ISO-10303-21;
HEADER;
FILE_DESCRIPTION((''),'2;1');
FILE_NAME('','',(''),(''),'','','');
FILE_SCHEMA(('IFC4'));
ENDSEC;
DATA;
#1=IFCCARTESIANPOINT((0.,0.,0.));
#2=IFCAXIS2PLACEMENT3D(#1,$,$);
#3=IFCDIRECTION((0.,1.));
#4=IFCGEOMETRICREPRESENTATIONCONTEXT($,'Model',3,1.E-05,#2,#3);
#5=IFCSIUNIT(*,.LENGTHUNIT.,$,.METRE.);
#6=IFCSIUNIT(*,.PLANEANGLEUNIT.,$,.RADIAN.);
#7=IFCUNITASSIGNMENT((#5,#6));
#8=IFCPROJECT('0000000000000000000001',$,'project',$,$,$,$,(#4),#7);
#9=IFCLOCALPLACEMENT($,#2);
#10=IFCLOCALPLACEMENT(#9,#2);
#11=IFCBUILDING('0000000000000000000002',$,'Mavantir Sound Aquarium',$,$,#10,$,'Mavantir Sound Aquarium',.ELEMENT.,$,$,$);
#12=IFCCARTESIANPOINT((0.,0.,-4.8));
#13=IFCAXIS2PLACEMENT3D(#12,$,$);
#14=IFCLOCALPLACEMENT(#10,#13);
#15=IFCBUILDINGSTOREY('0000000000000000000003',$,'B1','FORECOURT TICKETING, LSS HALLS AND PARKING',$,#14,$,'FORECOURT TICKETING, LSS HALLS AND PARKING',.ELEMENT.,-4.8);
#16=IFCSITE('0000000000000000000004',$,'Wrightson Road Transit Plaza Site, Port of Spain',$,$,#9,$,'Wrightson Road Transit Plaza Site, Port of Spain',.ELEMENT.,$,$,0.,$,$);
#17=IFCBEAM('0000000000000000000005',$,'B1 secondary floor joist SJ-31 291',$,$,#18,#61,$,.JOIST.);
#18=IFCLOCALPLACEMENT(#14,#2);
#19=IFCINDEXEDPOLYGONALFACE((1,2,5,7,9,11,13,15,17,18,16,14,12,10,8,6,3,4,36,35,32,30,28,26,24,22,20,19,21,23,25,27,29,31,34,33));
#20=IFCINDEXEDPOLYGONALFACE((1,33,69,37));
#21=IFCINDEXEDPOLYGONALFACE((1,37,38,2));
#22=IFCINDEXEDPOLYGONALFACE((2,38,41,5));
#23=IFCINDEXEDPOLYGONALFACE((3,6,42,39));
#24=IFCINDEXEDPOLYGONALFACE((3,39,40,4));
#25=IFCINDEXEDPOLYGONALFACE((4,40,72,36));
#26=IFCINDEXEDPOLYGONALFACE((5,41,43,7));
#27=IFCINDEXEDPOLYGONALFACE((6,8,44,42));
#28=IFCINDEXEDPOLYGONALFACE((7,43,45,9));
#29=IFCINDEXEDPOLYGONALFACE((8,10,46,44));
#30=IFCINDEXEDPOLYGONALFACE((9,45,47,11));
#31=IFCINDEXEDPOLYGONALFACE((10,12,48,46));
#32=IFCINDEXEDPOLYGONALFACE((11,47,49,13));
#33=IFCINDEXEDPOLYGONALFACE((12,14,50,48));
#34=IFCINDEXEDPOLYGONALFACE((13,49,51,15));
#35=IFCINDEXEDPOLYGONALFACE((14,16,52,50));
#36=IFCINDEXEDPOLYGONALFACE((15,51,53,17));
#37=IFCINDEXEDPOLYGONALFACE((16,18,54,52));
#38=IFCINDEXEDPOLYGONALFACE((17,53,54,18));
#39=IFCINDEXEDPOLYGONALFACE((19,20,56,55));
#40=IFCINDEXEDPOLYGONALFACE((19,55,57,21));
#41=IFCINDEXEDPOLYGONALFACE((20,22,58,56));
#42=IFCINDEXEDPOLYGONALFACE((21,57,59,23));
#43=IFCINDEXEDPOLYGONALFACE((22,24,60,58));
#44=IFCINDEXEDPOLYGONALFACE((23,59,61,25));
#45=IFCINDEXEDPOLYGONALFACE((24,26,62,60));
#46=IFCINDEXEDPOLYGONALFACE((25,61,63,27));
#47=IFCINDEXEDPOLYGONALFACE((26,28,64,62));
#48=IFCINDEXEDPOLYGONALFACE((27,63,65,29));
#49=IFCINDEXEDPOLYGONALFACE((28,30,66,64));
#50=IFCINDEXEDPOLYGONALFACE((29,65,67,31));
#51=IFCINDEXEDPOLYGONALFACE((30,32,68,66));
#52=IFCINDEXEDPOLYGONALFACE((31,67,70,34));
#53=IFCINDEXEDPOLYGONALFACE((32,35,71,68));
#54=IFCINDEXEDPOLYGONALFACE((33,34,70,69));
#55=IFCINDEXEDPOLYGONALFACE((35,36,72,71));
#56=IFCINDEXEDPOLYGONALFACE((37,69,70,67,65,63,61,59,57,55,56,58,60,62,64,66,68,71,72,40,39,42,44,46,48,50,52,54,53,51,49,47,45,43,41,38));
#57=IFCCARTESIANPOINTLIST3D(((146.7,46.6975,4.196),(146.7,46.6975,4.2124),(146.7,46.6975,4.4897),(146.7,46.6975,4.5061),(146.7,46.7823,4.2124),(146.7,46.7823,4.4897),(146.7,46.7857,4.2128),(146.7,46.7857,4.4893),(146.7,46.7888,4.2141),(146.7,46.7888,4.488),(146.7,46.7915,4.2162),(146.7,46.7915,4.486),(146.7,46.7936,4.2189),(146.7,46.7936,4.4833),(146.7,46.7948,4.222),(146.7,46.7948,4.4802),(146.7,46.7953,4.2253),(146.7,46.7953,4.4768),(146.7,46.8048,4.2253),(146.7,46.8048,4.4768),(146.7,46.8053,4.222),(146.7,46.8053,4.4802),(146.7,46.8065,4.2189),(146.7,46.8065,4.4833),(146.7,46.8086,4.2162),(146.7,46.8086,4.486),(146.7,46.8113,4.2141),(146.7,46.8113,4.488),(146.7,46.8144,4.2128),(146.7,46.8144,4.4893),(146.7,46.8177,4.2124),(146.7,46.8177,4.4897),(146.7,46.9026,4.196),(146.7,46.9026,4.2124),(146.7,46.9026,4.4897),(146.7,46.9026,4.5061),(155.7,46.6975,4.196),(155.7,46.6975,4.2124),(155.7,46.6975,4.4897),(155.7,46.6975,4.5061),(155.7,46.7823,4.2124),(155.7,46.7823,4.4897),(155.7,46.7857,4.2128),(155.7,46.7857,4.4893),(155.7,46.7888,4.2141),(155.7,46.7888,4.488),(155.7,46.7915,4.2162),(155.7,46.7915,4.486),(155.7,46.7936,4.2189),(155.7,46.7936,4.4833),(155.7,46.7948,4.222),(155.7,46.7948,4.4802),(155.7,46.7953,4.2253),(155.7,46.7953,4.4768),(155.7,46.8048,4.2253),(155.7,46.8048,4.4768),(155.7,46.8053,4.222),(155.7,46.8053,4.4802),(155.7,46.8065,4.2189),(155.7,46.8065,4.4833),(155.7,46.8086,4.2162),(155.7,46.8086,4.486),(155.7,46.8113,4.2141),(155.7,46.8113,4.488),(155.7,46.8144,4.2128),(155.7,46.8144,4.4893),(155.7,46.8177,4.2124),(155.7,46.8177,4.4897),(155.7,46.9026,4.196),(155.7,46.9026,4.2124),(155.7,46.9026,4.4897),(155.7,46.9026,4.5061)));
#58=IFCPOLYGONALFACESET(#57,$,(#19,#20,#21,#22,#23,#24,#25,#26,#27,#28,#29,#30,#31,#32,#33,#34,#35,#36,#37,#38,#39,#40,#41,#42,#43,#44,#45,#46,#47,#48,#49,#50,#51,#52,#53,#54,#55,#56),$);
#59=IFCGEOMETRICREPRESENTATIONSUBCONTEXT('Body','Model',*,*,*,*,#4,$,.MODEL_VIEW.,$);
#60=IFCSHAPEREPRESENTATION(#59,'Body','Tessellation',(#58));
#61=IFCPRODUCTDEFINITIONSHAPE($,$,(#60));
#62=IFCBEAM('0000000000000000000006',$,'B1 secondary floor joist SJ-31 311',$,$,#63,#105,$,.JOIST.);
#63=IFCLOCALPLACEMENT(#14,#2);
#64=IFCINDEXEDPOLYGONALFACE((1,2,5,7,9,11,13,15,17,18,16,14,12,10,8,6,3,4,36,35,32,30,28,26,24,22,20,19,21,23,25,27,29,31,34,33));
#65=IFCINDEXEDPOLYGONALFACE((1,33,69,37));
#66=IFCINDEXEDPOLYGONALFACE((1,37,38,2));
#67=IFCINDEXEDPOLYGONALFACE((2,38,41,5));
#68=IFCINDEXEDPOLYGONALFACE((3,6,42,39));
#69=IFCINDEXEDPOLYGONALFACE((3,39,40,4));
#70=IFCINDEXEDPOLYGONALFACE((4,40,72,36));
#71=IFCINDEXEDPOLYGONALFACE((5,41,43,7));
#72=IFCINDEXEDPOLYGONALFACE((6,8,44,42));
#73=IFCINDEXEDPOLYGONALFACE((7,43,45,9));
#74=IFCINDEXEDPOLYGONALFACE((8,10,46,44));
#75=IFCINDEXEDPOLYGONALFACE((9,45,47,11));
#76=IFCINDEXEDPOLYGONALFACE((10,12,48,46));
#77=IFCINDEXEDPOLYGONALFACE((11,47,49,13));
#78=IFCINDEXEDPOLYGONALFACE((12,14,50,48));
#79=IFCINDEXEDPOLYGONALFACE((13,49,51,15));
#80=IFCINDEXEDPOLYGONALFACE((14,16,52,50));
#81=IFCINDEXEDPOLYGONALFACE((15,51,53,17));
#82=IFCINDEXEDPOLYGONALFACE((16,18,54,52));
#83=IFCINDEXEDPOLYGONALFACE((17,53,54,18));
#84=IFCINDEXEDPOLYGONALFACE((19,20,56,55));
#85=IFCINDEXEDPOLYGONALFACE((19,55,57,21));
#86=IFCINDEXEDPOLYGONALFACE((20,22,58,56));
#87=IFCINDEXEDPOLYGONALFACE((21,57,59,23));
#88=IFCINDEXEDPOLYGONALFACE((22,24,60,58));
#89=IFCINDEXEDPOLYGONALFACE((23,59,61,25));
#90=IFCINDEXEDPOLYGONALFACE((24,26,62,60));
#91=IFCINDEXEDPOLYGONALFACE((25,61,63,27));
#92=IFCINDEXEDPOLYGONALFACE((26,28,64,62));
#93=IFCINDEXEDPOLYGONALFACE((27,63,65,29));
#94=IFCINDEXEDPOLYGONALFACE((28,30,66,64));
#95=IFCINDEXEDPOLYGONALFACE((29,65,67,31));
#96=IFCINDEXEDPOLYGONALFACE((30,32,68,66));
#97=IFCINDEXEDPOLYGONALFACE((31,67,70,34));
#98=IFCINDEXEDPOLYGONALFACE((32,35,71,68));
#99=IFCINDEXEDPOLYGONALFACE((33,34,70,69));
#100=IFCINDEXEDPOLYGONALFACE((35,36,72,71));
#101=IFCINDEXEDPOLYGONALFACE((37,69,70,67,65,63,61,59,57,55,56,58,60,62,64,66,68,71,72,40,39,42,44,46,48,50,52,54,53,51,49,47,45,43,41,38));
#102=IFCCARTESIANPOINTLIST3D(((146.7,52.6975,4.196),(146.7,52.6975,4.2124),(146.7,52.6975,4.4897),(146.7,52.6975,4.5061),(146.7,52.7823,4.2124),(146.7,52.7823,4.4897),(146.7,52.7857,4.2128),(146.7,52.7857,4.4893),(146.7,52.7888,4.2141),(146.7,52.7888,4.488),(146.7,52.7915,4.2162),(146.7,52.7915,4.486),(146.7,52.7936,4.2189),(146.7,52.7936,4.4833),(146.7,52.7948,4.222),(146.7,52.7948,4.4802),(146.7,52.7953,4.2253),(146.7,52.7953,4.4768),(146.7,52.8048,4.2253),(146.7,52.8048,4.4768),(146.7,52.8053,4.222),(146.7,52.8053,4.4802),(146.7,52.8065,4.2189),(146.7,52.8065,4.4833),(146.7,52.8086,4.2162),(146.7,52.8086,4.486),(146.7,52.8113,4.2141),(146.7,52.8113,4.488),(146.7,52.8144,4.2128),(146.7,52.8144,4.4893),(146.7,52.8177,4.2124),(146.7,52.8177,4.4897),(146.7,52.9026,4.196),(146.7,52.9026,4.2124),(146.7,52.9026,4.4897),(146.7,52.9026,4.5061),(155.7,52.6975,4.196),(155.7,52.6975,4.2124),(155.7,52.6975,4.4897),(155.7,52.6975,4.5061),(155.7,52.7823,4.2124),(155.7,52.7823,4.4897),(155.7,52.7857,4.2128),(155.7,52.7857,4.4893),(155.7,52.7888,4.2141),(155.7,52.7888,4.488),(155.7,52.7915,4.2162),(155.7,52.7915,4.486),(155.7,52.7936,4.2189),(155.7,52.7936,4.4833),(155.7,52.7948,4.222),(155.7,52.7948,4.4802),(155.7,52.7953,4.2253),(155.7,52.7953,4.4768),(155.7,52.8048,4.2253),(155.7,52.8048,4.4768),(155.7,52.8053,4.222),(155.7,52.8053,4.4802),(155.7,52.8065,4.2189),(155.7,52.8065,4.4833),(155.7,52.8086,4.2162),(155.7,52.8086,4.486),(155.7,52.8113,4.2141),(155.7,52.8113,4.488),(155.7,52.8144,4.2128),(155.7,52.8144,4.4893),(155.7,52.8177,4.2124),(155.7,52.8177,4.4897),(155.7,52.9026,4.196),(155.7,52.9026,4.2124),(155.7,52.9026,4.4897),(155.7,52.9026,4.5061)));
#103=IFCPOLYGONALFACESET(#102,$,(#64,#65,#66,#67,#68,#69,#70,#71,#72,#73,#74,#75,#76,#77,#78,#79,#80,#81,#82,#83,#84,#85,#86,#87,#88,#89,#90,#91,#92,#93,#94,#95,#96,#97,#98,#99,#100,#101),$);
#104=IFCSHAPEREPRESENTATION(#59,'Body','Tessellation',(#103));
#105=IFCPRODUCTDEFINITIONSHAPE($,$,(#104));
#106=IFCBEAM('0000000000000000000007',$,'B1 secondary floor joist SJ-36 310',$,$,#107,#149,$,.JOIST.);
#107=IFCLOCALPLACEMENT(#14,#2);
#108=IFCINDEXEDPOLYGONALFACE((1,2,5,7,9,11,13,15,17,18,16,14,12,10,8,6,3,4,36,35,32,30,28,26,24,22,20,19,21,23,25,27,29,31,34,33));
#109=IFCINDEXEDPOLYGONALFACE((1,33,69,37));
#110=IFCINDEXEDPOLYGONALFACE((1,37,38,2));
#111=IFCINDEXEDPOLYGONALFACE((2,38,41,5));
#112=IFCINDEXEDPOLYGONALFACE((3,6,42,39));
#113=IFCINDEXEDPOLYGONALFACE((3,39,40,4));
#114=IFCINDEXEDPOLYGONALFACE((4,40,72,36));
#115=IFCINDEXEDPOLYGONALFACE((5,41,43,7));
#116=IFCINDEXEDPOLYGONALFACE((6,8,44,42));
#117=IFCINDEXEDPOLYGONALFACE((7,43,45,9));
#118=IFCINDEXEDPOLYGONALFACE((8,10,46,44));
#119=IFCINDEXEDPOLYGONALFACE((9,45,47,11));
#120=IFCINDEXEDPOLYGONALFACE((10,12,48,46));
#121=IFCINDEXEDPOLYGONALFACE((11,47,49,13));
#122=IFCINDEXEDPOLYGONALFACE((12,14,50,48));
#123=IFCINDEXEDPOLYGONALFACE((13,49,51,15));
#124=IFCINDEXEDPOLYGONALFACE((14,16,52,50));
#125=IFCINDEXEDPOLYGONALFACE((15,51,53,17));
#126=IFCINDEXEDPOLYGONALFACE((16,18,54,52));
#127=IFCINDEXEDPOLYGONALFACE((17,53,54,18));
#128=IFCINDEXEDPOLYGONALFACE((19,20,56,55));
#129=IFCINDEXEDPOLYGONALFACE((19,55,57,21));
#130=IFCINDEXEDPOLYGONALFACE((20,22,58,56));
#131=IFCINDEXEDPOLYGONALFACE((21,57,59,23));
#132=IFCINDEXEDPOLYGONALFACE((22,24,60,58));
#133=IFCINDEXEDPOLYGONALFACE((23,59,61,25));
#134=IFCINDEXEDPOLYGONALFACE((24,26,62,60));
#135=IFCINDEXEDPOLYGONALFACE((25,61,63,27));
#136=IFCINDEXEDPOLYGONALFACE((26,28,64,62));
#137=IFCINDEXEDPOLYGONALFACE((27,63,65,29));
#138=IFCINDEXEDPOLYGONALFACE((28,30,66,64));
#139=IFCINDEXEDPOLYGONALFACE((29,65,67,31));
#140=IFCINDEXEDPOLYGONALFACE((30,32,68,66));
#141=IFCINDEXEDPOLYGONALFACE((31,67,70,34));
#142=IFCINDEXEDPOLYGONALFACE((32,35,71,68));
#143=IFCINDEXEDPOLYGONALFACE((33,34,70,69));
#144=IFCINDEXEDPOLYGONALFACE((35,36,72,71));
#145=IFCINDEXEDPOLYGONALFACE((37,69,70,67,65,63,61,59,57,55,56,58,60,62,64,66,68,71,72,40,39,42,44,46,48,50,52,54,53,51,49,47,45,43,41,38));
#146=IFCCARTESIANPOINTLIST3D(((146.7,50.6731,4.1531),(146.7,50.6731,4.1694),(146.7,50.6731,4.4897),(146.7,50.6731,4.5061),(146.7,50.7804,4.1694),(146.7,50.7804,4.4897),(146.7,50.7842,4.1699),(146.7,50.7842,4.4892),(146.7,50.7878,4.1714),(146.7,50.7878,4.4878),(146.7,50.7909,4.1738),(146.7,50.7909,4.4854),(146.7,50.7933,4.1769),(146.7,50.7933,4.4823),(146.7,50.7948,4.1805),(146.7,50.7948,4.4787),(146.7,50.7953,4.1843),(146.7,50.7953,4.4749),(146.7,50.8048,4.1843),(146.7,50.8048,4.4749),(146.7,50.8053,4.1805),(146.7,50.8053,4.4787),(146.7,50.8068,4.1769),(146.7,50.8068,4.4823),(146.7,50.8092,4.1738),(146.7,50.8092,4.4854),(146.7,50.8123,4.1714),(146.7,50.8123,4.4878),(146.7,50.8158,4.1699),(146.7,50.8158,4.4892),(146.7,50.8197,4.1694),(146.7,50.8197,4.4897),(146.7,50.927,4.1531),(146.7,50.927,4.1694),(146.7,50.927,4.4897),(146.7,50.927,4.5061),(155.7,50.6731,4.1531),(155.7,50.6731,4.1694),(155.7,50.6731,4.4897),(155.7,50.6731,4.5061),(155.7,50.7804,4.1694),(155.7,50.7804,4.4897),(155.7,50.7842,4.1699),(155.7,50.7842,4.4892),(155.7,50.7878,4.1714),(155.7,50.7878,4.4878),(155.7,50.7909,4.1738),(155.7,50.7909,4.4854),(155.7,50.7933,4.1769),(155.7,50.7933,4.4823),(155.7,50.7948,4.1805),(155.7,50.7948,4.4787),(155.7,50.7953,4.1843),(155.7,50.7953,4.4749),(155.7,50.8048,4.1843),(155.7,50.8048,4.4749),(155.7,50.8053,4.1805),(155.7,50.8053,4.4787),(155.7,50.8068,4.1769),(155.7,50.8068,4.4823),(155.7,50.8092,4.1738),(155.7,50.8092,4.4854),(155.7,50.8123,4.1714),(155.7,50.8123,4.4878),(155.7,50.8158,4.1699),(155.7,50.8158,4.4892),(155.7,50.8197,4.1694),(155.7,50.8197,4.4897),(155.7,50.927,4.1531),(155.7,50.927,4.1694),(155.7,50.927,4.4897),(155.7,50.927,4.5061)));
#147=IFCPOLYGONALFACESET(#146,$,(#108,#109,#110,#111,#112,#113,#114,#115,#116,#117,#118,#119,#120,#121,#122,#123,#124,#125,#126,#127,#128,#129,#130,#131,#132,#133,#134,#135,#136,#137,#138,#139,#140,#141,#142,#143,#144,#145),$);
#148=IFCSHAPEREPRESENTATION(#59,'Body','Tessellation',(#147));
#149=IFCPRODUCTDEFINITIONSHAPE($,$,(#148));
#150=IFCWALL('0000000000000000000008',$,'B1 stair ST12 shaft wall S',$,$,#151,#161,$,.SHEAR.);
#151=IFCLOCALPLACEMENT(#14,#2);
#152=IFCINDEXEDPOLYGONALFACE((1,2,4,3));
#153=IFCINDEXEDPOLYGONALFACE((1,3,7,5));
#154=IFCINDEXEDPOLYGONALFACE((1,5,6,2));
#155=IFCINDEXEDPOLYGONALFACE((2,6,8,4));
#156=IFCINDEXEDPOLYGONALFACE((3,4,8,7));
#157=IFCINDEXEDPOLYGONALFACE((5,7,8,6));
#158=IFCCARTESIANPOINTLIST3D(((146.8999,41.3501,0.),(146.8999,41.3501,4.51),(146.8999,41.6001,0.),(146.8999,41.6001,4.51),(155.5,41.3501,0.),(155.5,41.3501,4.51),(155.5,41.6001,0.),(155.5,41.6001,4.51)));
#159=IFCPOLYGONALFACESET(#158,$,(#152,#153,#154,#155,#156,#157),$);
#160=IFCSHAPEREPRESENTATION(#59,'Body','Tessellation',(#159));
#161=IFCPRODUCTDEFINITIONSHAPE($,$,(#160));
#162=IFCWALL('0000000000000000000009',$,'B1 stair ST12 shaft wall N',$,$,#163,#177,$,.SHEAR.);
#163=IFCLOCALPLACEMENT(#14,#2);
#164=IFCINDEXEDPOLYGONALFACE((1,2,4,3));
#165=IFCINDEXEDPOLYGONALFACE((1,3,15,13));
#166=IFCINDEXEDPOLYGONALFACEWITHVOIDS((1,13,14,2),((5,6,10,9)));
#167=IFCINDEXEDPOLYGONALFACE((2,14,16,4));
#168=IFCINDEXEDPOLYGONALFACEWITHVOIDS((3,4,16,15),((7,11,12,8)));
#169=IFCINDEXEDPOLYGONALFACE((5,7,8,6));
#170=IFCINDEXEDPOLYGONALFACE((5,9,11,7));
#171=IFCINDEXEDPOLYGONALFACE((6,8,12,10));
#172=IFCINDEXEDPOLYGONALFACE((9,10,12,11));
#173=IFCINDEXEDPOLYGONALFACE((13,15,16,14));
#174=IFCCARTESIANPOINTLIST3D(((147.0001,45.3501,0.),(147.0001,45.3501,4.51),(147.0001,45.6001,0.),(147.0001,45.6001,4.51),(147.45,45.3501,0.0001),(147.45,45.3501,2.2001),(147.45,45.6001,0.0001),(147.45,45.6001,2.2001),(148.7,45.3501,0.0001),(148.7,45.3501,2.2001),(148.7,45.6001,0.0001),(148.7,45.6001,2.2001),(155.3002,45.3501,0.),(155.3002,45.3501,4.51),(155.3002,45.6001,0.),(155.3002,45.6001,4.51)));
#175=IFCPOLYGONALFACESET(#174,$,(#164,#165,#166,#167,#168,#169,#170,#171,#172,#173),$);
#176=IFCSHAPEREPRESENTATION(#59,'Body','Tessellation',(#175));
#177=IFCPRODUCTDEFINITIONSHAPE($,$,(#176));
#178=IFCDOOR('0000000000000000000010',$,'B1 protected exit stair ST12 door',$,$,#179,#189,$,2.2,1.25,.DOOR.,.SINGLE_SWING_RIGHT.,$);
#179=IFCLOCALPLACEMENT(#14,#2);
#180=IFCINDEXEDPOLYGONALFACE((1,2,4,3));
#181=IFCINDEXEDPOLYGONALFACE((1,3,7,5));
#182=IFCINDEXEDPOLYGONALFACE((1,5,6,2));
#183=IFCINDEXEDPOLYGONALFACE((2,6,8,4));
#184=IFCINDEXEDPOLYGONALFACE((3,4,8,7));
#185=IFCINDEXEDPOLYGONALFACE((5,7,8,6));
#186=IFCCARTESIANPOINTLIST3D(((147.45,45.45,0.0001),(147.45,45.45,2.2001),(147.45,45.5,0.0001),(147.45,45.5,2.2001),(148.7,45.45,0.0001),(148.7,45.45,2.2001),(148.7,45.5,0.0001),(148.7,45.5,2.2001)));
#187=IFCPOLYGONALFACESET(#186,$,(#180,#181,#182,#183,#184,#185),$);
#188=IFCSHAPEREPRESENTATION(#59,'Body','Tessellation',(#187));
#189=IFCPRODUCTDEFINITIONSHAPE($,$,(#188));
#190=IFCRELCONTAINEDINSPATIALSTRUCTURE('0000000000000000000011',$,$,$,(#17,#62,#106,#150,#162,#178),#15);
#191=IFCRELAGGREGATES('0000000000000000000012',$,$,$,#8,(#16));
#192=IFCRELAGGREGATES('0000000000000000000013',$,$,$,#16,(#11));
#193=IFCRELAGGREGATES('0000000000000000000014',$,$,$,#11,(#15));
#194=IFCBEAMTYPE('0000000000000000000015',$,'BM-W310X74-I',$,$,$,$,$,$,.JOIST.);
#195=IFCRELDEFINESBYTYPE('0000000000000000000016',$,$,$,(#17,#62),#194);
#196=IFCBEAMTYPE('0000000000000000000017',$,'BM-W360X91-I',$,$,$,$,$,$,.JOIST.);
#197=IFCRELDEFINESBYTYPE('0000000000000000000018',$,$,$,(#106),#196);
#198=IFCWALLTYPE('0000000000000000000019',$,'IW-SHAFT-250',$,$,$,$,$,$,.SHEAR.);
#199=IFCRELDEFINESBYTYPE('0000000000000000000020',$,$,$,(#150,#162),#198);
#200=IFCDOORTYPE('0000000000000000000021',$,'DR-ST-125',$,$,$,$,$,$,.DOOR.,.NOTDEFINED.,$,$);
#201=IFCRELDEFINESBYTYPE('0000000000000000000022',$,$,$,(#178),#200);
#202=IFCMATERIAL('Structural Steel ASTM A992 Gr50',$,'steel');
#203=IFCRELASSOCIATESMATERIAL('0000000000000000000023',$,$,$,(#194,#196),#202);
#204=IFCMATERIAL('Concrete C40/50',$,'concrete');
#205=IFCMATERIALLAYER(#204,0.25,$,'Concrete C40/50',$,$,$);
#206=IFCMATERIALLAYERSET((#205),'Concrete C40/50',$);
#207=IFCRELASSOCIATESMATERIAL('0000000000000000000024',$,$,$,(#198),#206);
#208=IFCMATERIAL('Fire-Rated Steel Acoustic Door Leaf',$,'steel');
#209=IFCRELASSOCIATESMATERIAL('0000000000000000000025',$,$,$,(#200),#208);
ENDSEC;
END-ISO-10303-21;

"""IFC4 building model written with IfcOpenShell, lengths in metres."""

from ifc_helpers import new_model, si_unit, direction, frame, frame_2d, origin, origin_2d, place, context, subcontext, project, spatial, rectangle, i_section, extrude, material, layer, layer_set, material_profile, profile_set, type_object, element, fill, save


model = new_model("IFC4")

# Units and contexts
model_context = context("Model", 3, precision=1e-05, world=origin(), true_north=direction((0.0, 1.0)))
body_context = subcontext(model_context, "Body", "Model", "MODEL_VIEW")
ifc_project = project(units=[si_unit("LENGTHUNIT", "METRE"), si_unit("PLANEANGLEUNIT", "RADIAN")], contexts=[model_context])

# Site, building, storey
site_placement = place(None, origin())
site = spatial("IfcSite", under=ifc_project, at=site_placement, Name="Wrightson Road Transit Plaza Site, Port of Spain", LongName="Wrightson Road Transit Plaza Site, Port of Spain", CompositionType="ELEMENT", RefElevation=0.0)
building_placement = place(site_placement, origin())
building = spatial("IfcBuilding", under=site, at=building_placement, Name="Mavantir Sound Aquarium", LongName="Mavantir Sound Aquarium", CompositionType="ELEMENT")
storey_placement = place(building_placement, frame((0.0, 0.0, -4.8)))
storey = spatial("IfcBuildingStorey", under=building, at=storey_placement, Name="B1", Description="FORECOURT TICKETING, LSS HALLS AND PARKING", LongName="FORECOURT TICKETING, LSS HALLS AND PARKING", CompositionType="ELEMENT", Elevation=-4.8)

# Shared definitions
ifc_material_1 = material(Name="Concrete C40/50", Category="concrete")

# Beams
ifc_material_2 = material(Name="Structural Steel ASTM A992 Gr50", Category="steel")
ifc_material_profile_1 = material_profile(ifc_material_2, i_section(OverallWidth=0.2051, OverallDepth=0.3101, WebThickness=0.0095, FlangeThickness=0.0164, FilletRadius=0.0129, at=origin_2d()), Name="W310X74")
ifc_profile_set_1 = profile_set([ifc_material_profile_1], Name="Structural Steel ASTM A992 Gr50")
beam_type_1 = type_object("IfcBeamType", Name="BM-W310X74-I", PredefinedType="JOIST", material=ifc_profile_set_1)
for number, where, z_axis, x_axis, name in (
    (1, (146.7, 46.8, 4.3511), (1.0, 0.0, 0.0), (0.0, 1.0, 0.0), "B1 secondary floor joist SJ-31 291"),
    (2, (146.7, 52.8, 4.3511), (1.0, 0.0, 0.0), (0.0, 1.0, 0.0), "B1 secondary floor joist SJ-31 311"),
):
    element("IfcBeam", number, at=place(storey_placement, frame(where, z_axis=z_axis, x_axis=x_axis)), inside=storey, type_object=beam_type_1, Name=name, PredefinedType="JOIST", context=body_context, shape_type="SweptSolid", body=[
        extrude(i_section(OverallWidth=0.2051, OverallDepth=0.3101, WebThickness=0.0095, FlangeThickness=0.0164, FilletRadius=0.0129, at=origin_2d()), origin(), (0.0, 0.0, 1.0), 9.0),
    ])
ifc_material_profile_2 = material_profile(ifc_material_2, i_section(OverallWidth=0.2539, OverallDepth=0.353, WebThickness=0.0095, FlangeThickness=0.0164, FilletRadius=0.0149, at=origin_2d()), Name="W360X91")
ifc_profile_set_2 = profile_set([ifc_material_profile_2], Name="Structural Steel ASTM A992 Gr50")
beam_type_2 = type_object("IfcBeamType", Name="BM-W360X91-I", PredefinedType="JOIST", material=ifc_profile_set_2)
beam_1_placement = place(storey_placement, frame((146.7, 50.8, 4.3296), z_axis=(1.0, 0.0, 0.0), x_axis=(0.0, 1.0, 0.0)))
element("IfcBeam", 3, at=beam_1_placement, inside=storey, type_object=beam_type_2, Name="B1 secondary floor joist SJ-36 310", PredefinedType="JOIST", context=body_context, shape_type="SweptSolid", body=[
    extrude(i_section(OverallWidth=0.2539, OverallDepth=0.353, WebThickness=0.0095, FlangeThickness=0.0164, FilletRadius=0.0149, at=origin_2d()), origin(), (0.0, 0.0, 1.0), 9.0),
])

# Wall
ifc_layer = layer(ifc_material_1, 0.25, Name="Concrete C40/50")
ifc_layer_set = layer_set([ifc_layer], Name="Concrete C40/50")
wall_type = type_object("IfcWallType", Name="IW-SHAFT-250", PredefinedType="SHEAR", material=ifc_layer_set)
wall_1_placement = place(storey_placement, frame((146.8999, 41.4751, 0.0), z_axis=(0.0, 0.0, 1.0), x_axis=(1.0, 0.0, 0.0)))
element("IfcWall", 4, at=wall_1_placement, inside=storey, type_object=wall_type, Name="B1 stair ST12 shaft wall S", PredefinedType="SHEAR", context=body_context, shape_type="SweptSolid", body=[
    extrude(rectangle(XDim=8.6001, YDim=0.25, at=frame_2d((4.3, 0.0))), origin(), (0.0, 0.0, 1.0), 4.51),
])

# Wall, opening, door
wall_2_placement = place(storey_placement, frame((155.3, 45.4751, 0.0), z_axis=(0.0, 0.0, 1.0), x_axis=(-1.0, 0.0, 0.0)))
wall_2 = element("IfcWall", 5, at=wall_2_placement, inside=storey, type_object=wall_type, Name="B1 stair ST12 shaft wall N", PredefinedType="SHEAR", context=body_context, shape_type="SweptSolid", body=[
    extrude(rectangle(XDim=8.3, YDim=0.25, at=frame_2d((4.1499, 0.0))), origin(), (0.0, 0.0, 1.0), 4.51),
])
opening_placement = place(wall_2_placement, frame((7.8501, 0.0, 0.0), z_axis=(0.0, 0.0, 1.0), x_axis=(-1.0, 0.0, 0.0)))
opening = element("IfcOpeningElement", 6, at=opening_placement, cuts=wall_2, PredefinedType="OPENING", context=body_context, shape_type="SweptSolid", body=[
    extrude(rectangle(XDim=1.25, YDim=2.2, at=frame_2d((0.625, 1.1001))), frame((0.0, 0.135, 0.0), z_axis=(0.0, -1.0, 0.0), x_axis=(1.0, 0.0, 0.0)), (0.0, 0.0, 1.0), 0.27),
])
ifc_material_3 = material(Name="Fire-Rated Steel Acoustic Door Leaf", Category="steel")
door_type = type_object("IfcDoorType", Name="DR-ST-125", OperationType="NOTDEFINED", PredefinedType="DOOR", material=ifc_material_3)
door_placement = place(opening_placement, origin())
door = element("IfcDoor", 7, at=door_placement, inside=storey, type_object=door_type, Name="B1 protected exit stair ST12 door", OperationType="SINGLE_SWING_RIGHT", OverallHeight=2.2, OverallWidth=1.25, PredefinedType="DOOR", context=body_context, shape_type="SweptSolid", body=[
    extrude(rectangle(XDim=1.25, YDim=2.2, at=frame_2d((0.625, 1.1001))), frame((0.0, 0.0249, 0.0), z_axis=(0.0, -1.0, 0.0), x_axis=(1.0, 0.0, 0.0)), (0.0, 0.0, 1.0), 0.05),
])
fill(opening, door)

save(model, "model.ifc")
